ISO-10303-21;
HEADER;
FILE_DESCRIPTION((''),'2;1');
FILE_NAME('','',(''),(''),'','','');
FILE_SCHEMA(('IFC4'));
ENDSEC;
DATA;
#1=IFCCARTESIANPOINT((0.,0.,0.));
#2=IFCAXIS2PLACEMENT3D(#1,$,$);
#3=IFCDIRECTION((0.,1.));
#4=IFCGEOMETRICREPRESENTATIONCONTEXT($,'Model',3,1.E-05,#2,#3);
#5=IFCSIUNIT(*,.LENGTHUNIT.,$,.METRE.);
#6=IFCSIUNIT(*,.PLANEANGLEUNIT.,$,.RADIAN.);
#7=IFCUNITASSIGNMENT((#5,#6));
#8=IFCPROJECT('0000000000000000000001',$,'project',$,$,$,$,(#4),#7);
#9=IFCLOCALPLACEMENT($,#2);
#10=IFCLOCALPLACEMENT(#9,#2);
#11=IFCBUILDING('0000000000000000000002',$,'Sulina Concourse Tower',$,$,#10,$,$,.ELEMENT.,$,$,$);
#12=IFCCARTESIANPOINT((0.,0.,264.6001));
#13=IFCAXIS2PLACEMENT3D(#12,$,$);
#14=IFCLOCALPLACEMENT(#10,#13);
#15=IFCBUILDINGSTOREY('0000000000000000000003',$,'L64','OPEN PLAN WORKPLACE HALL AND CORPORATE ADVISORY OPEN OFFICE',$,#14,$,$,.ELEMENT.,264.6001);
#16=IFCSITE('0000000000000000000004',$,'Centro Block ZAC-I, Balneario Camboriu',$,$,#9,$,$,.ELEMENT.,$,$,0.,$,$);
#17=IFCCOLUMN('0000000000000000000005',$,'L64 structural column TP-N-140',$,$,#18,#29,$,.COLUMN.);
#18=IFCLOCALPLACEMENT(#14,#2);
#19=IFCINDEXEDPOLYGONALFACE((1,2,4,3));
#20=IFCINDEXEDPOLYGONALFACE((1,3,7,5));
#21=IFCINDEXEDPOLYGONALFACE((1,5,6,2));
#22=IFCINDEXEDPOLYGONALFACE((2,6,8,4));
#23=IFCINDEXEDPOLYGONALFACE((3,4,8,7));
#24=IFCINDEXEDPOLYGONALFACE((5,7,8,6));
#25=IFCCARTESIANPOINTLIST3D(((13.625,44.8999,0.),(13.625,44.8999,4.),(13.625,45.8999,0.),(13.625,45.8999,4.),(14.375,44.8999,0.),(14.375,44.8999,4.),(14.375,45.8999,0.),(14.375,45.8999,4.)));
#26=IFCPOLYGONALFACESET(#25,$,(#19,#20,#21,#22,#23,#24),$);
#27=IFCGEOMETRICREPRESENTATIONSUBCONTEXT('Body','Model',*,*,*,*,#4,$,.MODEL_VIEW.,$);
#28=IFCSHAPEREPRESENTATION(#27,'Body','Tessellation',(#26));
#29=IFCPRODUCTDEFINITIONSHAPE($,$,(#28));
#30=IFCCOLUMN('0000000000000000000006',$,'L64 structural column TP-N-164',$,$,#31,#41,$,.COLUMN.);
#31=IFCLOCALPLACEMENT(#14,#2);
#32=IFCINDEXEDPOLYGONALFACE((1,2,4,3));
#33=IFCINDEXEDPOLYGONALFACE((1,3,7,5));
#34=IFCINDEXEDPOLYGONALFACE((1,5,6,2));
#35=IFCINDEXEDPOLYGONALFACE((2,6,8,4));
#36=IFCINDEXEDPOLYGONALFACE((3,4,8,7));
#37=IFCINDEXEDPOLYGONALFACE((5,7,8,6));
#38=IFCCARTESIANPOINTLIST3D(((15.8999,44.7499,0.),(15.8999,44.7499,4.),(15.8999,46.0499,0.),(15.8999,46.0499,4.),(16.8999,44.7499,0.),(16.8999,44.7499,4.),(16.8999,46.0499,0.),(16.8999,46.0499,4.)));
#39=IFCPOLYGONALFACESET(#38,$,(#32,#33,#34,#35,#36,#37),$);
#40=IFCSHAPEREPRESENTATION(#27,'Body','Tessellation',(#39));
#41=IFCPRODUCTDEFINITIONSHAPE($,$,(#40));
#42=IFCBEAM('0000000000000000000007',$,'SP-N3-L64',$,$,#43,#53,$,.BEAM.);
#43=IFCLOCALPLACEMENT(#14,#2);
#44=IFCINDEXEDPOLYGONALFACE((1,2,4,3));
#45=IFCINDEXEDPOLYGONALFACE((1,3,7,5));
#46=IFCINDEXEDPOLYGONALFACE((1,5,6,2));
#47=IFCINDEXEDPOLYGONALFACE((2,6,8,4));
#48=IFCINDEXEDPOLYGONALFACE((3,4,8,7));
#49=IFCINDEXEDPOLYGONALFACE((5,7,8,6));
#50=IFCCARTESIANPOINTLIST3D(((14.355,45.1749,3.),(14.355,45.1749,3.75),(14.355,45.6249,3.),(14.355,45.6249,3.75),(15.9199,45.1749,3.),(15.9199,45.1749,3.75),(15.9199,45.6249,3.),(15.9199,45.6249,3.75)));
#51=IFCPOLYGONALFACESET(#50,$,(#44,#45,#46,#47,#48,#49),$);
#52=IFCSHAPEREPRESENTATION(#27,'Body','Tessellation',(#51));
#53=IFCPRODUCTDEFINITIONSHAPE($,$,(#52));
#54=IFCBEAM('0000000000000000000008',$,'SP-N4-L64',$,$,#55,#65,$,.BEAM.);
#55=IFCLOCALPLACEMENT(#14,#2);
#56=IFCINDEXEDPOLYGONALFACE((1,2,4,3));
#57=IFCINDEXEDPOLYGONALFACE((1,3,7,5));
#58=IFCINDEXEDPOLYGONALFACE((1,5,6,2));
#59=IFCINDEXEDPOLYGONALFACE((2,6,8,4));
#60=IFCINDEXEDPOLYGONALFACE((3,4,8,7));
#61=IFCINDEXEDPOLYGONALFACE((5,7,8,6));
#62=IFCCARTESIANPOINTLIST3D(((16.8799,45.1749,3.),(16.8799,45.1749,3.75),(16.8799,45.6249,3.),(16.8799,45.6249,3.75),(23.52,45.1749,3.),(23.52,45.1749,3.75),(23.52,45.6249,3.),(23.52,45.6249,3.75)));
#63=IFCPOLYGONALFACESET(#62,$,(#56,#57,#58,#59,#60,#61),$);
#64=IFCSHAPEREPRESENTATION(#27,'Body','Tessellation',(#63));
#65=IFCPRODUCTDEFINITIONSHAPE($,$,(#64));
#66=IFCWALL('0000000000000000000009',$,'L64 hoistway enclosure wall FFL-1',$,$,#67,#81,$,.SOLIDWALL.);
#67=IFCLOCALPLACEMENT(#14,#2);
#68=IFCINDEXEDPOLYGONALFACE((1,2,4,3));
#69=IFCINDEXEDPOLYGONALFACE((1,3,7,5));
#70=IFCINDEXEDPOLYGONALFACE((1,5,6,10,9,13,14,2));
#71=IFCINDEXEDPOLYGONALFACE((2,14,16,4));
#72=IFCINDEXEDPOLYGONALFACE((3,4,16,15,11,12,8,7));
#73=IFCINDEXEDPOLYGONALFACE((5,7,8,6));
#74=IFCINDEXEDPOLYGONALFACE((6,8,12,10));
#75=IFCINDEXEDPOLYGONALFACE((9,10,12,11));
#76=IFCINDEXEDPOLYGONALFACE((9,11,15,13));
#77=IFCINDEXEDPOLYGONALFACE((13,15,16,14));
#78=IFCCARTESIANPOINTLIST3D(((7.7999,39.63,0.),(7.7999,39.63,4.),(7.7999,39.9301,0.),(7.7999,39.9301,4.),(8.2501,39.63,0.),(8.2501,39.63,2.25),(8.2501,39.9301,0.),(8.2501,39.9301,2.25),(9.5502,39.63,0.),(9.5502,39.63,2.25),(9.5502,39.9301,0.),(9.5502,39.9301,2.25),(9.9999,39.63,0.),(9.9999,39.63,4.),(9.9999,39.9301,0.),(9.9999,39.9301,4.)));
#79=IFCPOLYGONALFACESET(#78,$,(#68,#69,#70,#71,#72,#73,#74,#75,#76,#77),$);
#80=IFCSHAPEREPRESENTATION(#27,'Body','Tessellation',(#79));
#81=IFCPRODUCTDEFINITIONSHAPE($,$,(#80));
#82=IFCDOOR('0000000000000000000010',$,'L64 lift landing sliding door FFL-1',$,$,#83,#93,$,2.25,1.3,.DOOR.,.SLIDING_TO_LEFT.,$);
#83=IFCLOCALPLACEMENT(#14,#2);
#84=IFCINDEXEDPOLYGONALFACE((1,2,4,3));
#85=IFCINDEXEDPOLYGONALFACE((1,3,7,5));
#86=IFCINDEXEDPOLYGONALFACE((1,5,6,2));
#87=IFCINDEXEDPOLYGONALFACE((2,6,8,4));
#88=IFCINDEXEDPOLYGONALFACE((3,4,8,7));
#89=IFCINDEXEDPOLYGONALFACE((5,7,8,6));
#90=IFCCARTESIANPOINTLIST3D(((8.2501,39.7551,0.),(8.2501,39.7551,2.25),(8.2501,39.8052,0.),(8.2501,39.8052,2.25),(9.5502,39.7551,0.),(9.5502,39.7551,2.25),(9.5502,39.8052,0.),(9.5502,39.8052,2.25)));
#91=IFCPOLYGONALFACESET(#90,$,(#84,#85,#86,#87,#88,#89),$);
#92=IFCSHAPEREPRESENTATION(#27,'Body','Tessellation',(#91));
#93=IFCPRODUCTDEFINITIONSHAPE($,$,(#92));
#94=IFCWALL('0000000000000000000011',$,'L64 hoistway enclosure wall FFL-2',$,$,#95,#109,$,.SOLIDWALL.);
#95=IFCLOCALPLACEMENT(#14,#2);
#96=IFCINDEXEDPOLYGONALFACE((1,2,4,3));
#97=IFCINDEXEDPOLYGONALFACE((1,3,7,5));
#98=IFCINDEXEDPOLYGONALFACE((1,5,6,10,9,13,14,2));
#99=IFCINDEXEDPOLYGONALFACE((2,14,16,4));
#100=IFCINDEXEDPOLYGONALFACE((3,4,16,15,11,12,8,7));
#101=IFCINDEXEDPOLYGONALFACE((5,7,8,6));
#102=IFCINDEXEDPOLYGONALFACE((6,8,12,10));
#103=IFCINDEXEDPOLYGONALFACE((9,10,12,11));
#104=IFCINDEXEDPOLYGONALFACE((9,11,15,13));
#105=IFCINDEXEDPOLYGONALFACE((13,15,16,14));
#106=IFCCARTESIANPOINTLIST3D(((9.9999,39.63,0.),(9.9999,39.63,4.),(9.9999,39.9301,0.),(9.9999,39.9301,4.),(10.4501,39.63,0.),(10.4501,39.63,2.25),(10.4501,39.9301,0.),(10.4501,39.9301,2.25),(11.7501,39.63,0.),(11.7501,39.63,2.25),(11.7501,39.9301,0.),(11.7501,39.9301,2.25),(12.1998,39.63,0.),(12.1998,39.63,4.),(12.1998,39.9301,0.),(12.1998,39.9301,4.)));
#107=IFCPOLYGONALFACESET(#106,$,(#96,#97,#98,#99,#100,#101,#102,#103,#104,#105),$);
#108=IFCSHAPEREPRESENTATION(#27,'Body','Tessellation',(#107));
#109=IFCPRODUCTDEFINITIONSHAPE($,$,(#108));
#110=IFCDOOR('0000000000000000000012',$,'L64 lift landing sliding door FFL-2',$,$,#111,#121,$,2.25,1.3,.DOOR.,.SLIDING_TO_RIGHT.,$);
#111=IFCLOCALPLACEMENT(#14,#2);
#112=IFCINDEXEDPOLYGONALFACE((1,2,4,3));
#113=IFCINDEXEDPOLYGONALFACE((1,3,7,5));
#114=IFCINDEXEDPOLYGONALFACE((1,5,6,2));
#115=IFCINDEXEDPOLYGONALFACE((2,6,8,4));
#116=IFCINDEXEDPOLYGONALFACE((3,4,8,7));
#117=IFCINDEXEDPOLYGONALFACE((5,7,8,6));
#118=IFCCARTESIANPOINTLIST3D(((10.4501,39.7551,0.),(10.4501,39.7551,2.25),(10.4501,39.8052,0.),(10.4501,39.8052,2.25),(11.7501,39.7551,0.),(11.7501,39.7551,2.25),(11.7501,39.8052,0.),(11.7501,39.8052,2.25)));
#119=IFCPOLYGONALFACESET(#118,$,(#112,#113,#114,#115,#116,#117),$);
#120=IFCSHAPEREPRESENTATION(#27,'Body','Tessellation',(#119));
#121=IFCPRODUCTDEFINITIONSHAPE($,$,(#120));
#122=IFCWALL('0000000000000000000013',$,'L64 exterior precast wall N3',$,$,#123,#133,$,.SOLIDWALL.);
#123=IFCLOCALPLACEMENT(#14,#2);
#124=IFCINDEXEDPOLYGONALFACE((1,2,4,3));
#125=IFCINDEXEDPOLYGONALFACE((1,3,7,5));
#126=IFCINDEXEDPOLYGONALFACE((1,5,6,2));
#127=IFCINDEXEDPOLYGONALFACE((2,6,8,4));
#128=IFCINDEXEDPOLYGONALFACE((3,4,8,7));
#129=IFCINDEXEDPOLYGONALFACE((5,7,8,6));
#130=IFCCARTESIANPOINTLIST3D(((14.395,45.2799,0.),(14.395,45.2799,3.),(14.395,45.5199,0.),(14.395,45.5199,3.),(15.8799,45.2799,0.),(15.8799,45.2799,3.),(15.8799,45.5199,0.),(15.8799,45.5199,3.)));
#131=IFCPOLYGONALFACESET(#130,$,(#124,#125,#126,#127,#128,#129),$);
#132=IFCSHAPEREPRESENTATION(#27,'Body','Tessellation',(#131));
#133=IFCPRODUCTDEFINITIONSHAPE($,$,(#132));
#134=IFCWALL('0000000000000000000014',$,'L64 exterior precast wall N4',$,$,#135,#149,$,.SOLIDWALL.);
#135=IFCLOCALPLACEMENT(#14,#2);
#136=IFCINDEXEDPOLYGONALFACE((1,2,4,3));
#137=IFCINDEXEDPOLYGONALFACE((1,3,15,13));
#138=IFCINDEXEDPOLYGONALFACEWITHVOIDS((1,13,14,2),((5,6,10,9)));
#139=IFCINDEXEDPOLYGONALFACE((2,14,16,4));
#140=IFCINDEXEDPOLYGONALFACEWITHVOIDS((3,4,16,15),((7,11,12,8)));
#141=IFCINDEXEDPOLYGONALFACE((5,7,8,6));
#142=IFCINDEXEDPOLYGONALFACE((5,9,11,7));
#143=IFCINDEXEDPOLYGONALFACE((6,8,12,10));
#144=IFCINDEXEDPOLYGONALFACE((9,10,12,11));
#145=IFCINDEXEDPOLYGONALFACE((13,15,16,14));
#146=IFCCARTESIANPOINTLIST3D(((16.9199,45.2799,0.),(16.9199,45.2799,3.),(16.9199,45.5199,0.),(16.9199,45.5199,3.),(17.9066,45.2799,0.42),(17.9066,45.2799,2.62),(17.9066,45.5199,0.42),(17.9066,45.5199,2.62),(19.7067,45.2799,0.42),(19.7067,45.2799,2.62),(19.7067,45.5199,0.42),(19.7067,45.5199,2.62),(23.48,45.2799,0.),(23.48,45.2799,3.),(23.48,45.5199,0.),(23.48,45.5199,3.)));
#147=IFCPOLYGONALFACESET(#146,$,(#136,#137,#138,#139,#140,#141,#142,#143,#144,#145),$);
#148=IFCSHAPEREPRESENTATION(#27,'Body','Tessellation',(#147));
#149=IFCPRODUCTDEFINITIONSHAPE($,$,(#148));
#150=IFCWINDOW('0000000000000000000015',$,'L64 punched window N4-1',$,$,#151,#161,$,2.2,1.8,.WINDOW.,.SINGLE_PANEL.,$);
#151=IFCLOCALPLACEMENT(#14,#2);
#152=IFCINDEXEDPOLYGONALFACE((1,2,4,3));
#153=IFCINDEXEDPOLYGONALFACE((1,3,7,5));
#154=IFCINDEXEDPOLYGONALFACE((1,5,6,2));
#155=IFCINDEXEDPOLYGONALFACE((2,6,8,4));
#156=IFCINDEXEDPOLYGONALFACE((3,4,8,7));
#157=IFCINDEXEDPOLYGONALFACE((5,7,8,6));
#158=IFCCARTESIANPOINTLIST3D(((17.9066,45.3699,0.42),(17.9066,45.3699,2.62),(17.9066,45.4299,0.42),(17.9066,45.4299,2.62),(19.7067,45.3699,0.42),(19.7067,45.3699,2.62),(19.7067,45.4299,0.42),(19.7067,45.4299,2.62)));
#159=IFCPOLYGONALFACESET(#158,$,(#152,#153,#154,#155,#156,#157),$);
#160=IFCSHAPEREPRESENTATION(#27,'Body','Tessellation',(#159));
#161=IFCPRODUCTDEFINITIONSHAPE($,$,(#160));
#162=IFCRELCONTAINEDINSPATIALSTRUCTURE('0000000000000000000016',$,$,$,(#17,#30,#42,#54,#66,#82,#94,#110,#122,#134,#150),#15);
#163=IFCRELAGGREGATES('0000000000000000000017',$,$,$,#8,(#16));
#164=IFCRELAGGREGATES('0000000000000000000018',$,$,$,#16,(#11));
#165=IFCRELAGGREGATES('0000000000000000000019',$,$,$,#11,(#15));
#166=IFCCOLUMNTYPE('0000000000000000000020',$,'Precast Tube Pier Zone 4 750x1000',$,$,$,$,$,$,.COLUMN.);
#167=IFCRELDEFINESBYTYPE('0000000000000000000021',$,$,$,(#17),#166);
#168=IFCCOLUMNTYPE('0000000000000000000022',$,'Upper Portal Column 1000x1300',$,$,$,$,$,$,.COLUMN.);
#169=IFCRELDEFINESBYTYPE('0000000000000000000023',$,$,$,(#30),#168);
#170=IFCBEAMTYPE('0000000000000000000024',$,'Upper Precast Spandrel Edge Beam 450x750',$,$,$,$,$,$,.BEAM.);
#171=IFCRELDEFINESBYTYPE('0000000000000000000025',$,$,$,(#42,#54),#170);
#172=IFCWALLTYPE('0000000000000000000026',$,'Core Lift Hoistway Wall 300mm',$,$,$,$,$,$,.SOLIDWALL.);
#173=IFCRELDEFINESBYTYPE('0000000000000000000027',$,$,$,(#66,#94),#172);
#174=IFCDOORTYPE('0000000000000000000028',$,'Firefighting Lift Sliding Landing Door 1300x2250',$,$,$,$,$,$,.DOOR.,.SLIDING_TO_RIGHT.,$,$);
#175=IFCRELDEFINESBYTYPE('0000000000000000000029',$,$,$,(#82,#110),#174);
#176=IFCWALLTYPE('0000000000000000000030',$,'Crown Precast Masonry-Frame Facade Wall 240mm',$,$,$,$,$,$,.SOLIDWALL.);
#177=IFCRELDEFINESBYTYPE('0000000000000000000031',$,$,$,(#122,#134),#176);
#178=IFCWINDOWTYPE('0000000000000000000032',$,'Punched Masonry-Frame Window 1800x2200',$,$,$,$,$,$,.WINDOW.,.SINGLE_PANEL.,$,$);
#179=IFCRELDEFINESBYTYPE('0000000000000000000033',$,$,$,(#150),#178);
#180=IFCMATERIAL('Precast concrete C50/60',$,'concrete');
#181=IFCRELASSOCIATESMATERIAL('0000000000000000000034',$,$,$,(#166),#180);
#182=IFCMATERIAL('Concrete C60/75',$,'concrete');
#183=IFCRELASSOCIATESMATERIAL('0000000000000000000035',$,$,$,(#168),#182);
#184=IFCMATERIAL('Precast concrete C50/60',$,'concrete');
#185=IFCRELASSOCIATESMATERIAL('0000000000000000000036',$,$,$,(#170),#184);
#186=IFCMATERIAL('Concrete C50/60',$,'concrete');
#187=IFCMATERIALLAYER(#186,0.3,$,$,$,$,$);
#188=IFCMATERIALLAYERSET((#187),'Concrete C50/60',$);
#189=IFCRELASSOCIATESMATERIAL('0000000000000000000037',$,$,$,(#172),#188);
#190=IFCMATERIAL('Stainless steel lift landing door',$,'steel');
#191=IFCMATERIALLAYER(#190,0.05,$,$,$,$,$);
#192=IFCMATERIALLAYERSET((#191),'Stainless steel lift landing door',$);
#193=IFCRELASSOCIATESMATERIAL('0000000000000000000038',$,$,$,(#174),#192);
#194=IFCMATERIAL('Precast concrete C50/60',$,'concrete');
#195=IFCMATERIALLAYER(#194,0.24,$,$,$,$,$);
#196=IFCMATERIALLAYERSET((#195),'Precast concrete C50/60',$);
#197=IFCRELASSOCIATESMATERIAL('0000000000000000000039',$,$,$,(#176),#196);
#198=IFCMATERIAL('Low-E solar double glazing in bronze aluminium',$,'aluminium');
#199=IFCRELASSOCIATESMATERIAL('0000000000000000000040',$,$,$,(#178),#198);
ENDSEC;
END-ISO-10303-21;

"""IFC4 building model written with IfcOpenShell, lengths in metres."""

from ifc_helpers import new_model, si_unit, direction, frame, frame_2d, origin, origin_2d, place, context, subcontext, project, spatial, rectangle, extrude, material, layer, layer_set, material_profile, profile_set, type_object, element, fill, save


model = new_model("IFC4")

# Units and contexts
model_context = context("Model", 3, precision=1e-05, world=origin(), true_north=direction((0.0, 1.0)))
body_context = subcontext(model_context, "Body", "Model", "MODEL_VIEW")
ifc_project = project(units=[si_unit("LENGTHUNIT", "METRE"), si_unit("PLANEANGLEUNIT", "RADIAN")], contexts=[model_context])

# Site, building, storey
site_placement = place(None, origin())
site = spatial("IfcSite", under=ifc_project, at=site_placement, Name="Centro Block ZAC-I, Balneario Camboriu", CompositionType="ELEMENT", RefElevation=0.0)
building_placement = place(site_placement, origin())
building = spatial("IfcBuilding", under=site, at=building_placement, Name="Sulina Concourse Tower", CompositionType="ELEMENT")
storey_placement = place(building_placement, frame((0.0, 0.0, 264.6001)))
storey = spatial("IfcBuildingStorey", under=building, at=storey_placement, Name="L64", Description="OPEN PLAN WORKPLACE HALL AND CORPORATE ADVISORY OPEN OFFICE", CompositionType="ELEMENT", Elevation=264.6001)

# Columns
ifc_material_1 = material(Name="Precast concrete C50/60", Category="concrete")
ifc_material_profile_1 = material_profile(ifc_material_1, rectangle(XDim=0.75, YDim=1.0, at=origin_2d()), Name="PC 750x1000")
ifc_profile_set_1 = profile_set([ifc_material_profile_1], Name="Precast concrete C50/60")
column_type_1 = type_object("IfcColumnType", Name="Precast Tube Pier Zone 4 750x1000", PredefinedType="COLUMN", material=ifc_profile_set_1)
column_1_placement = place(storey_placement, frame((14.0, 45.3999, 0.0), z_axis=(0.0, 0.0, 1.0), x_axis=(1.0, 0.0, 0.0)))
element("IfcColumn", 1, at=column_1_placement, inside=storey, type_object=column_type_1, Name="L64 structural column TP-N-140", PredefinedType="COLUMN", context=body_context, shape_type="SweptSolid", body=[
    extrude(rectangle(XDim=0.75, YDim=1.0, at=origin_2d()), origin(), (0.0, 0.0, 1.0), 4.0),
])
ifc_material_2 = material(Name="Concrete C60/75", Category="concrete")
ifc_material_profile_2 = material_profile(ifc_material_2, rectangle(XDim=1.0, YDim=1.3, at=origin_2d()), Name="RC 1000x1300")
ifc_profile_set_2 = profile_set([ifc_material_profile_2], Name="Concrete C60/75")
column_type_2 = type_object("IfcColumnType", Name="Upper Portal Column 1000x1300", PredefinedType="COLUMN", material=ifc_profile_set_2)
column_2_placement = place(storey_placement, frame((16.3999, 45.3999, 0.0), z_axis=(0.0, 0.0, 1.0), x_axis=(1.0, 0.0, 0.0)))
element("IfcColumn", 2, at=column_2_placement, inside=storey, type_object=column_type_2, Name="L64 structural column TP-N-164", PredefinedType="COLUMN", context=body_context, shape_type="SweptSolid", body=[
    extrude(rectangle(XDim=1.0, YDim=1.3, at=origin_2d()), origin(), (0.0, 0.0, 1.0), 4.0),
])

# Beams
ifc_material_3 = material(Name="Precast concrete C50/60", Category="concrete")
ifc_material_profile_3 = material_profile(ifc_material_3, rectangle(XDim=0.45, YDim=0.75, at=origin_2d()), Name="RC 450x750")
ifc_profile_set_3 = profile_set([ifc_material_profile_3], Name="Precast concrete C50/60")
beam_type = type_object("IfcBeamType", Name="Upper Precast Spandrel Edge Beam 450x750", PredefinedType="BEAM", material=ifc_profile_set_3)
beam_1_placement = place(storey_placement, frame((14.355, 45.3999, 3.375), z_axis=(1.0, 0.0, 0.0), x_axis=(0.0, 1.0, 0.0)))
element("IfcBeam", 3, at=beam_1_placement, inside=storey, type_object=beam_type, Name="SP-N3-L64", PredefinedType="BEAM", context=body_context, shape_type="SweptSolid", body=[
    extrude(rectangle(XDim=0.45, YDim=0.75, at=origin_2d()), origin(), (0.0, 0.0, 1.0), 1.5649),
])
beam_2_placement = place(storey_placement, frame((16.8799, 45.3999, 3.375), z_axis=(1.0, 0.0, 0.0), x_axis=(0.0, 1.0, 0.0)))
element("IfcBeam", 4, at=beam_2_placement, inside=storey, type_object=beam_type, Name="SP-N4-L64", PredefinedType="BEAM", context=body_context, shape_type="SweptSolid", body=[
    extrude(rectangle(XDim=0.45, YDim=0.75, at=origin_2d()), origin(), (0.0, 0.0, 1.0), 6.6401),
])

# Walls, openings, doors
ifc_material_4 = material(Name="Concrete C50/60", Category="concrete")
ifc_layer_1 = layer(ifc_material_4, 0.3)
ifc_layer_set_1 = layer_set([ifc_layer_1], Name="Concrete C50/60")
wall_type_1 = type_object("IfcWallType", Name="Core Lift Hoistway Wall 300mm", PredefinedType="SOLIDWALL", material=ifc_layer_set_1)
wall_1_placement = place(storey_placement, frame((10.0, 39.78, 0.0), z_axis=(0.0, 0.0, 1.0), x_axis=(-1.0, 0.0, 0.0)))
wall_1 = element("IfcWall", 5, at=wall_1_placement, inside=storey, type_object=wall_type_1, Name="L64 hoistway enclosure wall FFL-1", PredefinedType="SOLIDWALL", context=body_context, shape_type="SweptSolid", body=[
    extrude(rectangle(XDim=2.2, YDim=0.3, at=frame_2d((1.1001, 0.0))), origin(), (0.0, 0.0, 1.0), 4.0),
])
opening_1_placement = place(wall_1_placement, frame((0.45, 0.0, 0.0)))
opening_1 = element("IfcOpeningElement", 6, at=opening_1_placement, cuts=wall_1, PredefinedType="OPENING", context=body_context, shape_type="SweptSolid", body=[
    extrude(rectangle(XDim=1.3, YDim=2.25, at=frame_2d((0.6499, 1.125))), frame((0.0, 0.1599, 0.0), z_axis=(0.0, -1.0, 0.0), x_axis=(1.0, 0.0, 0.0)), (0.0, 0.0, 1.0), 0.3201),
])
ifc_material_5 = material(Name="Stainless steel lift landing door", Category="steel")
ifc_layer_2 = layer(ifc_material_5, 0.05)
ifc_layer_set_2 = layer_set([ifc_layer_2], Name="Stainless steel lift landing door")
door_type_1 = type_object("IfcDoorType", Name="Firefighting Lift Sliding Landing Door 1300x2250", OperationType="SLIDING_TO_RIGHT", PredefinedType="DOOR", material=ifc_layer_set_2)
door_1_placement = place(opening_1_placement, origin())
door_1 = element("IfcDoor", 7, at=door_1_placement, inside=storey, type_object=door_type_1, Name="L64 lift landing sliding door FFL-1", OperationType="SLIDING_TO_LEFT", OverallHeight=2.25, OverallWidth=1.3, PredefinedType="DOOR", context=body_context, shape_type="SweptSolid", body=[
    extrude(rectangle(XDim=1.3, YDim=2.25, at=frame_2d((0.6499, 1.125))), frame((0.0, 0.0249, 0.0), z_axis=(0.0, -1.0, 0.0), x_axis=(1.0, 0.0, 0.0)), (0.0, 0.0, 1.0), 0.05),
])
fill(opening_1, door_1)
wall_2_placement = place(storey_placement, frame((12.2, 39.78, 0.0), z_axis=(0.0, 0.0, 1.0), x_axis=(-1.0, 0.0, 0.0)))
wall_2 = element("IfcWall", 8, at=wall_2_placement, inside=storey, type_object=wall_type_1, Name="L64 hoistway enclosure wall FFL-2", PredefinedType="SOLIDWALL", context=body_context, shape_type="SweptSolid", body=[
    extrude(rectangle(XDim=2.2, YDim=0.3, at=frame_2d((1.1001, 0.0))), origin(), (0.0, 0.0, 1.0), 4.0),
])
opening_2_placement = place(wall_2_placement, frame((0.45, 0.0, 0.0)))
opening_2 = element("IfcOpeningElement", 9, at=opening_2_placement, cuts=wall_2, PredefinedType="OPENING", context=body_context, shape_type="SweptSolid", body=[
    extrude(rectangle(XDim=1.3, YDim=2.25, at=frame_2d((0.6499, 1.125))), frame((0.0, 0.1599, 0.0), z_axis=(0.0, -1.0, 0.0), x_axis=(1.0, 0.0, 0.0)), (0.0, 0.0, 1.0), 0.3201),
])
door_2_placement = place(opening_2_placement, origin())
door_2 = element("IfcDoor", 10, at=door_2_placement, inside=storey, type_object=door_type_1, Name="L64 lift landing sliding door FFL-2", OperationType="SLIDING_TO_RIGHT", OverallHeight=2.25, OverallWidth=1.3, PredefinedType="DOOR", context=body_context, shape_type="SweptSolid", body=[
    extrude(rectangle(XDim=1.3, YDim=2.25, at=frame_2d((0.6499, 1.125))), frame((0.0, 0.0249, 0.0), z_axis=(0.0, -1.0, 0.0), x_axis=(1.0, 0.0, 0.0)), (0.0, 0.0, 1.0), 0.05),
])
fill(opening_2, door_2)

# Wall
ifc_material_6 = material(Name="Precast concrete C50/60", Category="concrete")
ifc_layer_3 = layer(ifc_material_6, 0.24)
ifc_layer_set_3 = layer_set([ifc_layer_3], Name="Precast concrete C50/60")
wall_type_2 = type_object("IfcWallType", Name="Crown Precast Masonry-Frame Facade Wall 240mm", PredefinedType="SOLIDWALL", material=ifc_layer_set_3)
wall_3_placement = place(storey_placement, frame((14.395, 45.3999, 0.0), z_axis=(0.0, 0.0, 1.0), x_axis=(1.0, 0.0, 0.0)))
element("IfcWall", 11, at=wall_3_placement, inside=storey, type_object=wall_type_2, Name="L64 exterior precast wall N3", PredefinedType="SOLIDWALL", context=body_context, shape_type="SweptSolid", body=[
    extrude(rectangle(XDim=1.4849, YDim=0.24, at=frame_2d((0.7424, 0.0))), origin(), (0.0, 0.0, 1.0), 3.0),
])

# Wall, opening, window
wall_4_placement = place(storey_placement, frame((16.9199, 45.3999, 0.0), z_axis=(0.0, 0.0, 1.0), x_axis=(1.0, 0.0, 0.0)))
wall_4 = element("IfcWall", 12, at=wall_4_placement, inside=storey, type_object=wall_type_2, Name="L64 exterior precast wall N4", PredefinedType="SOLIDWALL", context=body_context, shape_type="SweptSolid", body=[
    extrude(rectangle(XDim=6.5601, YDim=0.24, at=frame_2d((3.28, 0.0))), origin(), (0.0, 0.0, 1.0), 3.0),
])
opening_3_placement = place(wall_4_placement, frame((0.9868, 0.0, 0.4199)))
opening_3 = element("IfcOpeningElement", 13, at=opening_3_placement, cuts=wall_4, PredefinedType="OPENING", context=body_context, shape_type="SweptSolid", body=[
    extrude(rectangle(XDim=1.8, YDim=2.2, at=frame_2d((0.8999, 1.1001))), frame((0.0, 0.1299, 0.0), z_axis=(0.0, -1.0, 0.0), x_axis=(1.0, 0.0, 0.0)), (0.0, 0.0, 1.0), 0.26),
])
ifc_material_7 = material(Name="Low-E solar double glazing in bronze aluminium", Category="aluminium")
window_type = type_object("IfcWindowType", Name="Punched Masonry-Frame Window 1800x2200", PartitioningType="SINGLE_PANEL", PredefinedType="WINDOW", material=ifc_material_7)
window_placement = place(opening_3_placement, origin())
window = element("IfcWindow", 14, at=window_placement, inside=storey, type_object=window_type, Name="L64 punched window N4-1", OverallHeight=2.2, OverallWidth=1.8, PartitioningType="SINGLE_PANEL", PredefinedType="WINDOW", context=body_context, shape_type="SweptSolid", body=[
    extrude(rectangle(XDim=1.8, YDim=2.2, at=frame_2d((0.8999, 1.1001))), frame((0.0, 0.03, 0.0), z_axis=(0.0, -1.0, 0.0), x_axis=(1.0, 0.0, 0.0)), (0.0, 0.0, 1.0), 0.0601),
])
fill(opening_3, window)

save(model, "model.ifc")
